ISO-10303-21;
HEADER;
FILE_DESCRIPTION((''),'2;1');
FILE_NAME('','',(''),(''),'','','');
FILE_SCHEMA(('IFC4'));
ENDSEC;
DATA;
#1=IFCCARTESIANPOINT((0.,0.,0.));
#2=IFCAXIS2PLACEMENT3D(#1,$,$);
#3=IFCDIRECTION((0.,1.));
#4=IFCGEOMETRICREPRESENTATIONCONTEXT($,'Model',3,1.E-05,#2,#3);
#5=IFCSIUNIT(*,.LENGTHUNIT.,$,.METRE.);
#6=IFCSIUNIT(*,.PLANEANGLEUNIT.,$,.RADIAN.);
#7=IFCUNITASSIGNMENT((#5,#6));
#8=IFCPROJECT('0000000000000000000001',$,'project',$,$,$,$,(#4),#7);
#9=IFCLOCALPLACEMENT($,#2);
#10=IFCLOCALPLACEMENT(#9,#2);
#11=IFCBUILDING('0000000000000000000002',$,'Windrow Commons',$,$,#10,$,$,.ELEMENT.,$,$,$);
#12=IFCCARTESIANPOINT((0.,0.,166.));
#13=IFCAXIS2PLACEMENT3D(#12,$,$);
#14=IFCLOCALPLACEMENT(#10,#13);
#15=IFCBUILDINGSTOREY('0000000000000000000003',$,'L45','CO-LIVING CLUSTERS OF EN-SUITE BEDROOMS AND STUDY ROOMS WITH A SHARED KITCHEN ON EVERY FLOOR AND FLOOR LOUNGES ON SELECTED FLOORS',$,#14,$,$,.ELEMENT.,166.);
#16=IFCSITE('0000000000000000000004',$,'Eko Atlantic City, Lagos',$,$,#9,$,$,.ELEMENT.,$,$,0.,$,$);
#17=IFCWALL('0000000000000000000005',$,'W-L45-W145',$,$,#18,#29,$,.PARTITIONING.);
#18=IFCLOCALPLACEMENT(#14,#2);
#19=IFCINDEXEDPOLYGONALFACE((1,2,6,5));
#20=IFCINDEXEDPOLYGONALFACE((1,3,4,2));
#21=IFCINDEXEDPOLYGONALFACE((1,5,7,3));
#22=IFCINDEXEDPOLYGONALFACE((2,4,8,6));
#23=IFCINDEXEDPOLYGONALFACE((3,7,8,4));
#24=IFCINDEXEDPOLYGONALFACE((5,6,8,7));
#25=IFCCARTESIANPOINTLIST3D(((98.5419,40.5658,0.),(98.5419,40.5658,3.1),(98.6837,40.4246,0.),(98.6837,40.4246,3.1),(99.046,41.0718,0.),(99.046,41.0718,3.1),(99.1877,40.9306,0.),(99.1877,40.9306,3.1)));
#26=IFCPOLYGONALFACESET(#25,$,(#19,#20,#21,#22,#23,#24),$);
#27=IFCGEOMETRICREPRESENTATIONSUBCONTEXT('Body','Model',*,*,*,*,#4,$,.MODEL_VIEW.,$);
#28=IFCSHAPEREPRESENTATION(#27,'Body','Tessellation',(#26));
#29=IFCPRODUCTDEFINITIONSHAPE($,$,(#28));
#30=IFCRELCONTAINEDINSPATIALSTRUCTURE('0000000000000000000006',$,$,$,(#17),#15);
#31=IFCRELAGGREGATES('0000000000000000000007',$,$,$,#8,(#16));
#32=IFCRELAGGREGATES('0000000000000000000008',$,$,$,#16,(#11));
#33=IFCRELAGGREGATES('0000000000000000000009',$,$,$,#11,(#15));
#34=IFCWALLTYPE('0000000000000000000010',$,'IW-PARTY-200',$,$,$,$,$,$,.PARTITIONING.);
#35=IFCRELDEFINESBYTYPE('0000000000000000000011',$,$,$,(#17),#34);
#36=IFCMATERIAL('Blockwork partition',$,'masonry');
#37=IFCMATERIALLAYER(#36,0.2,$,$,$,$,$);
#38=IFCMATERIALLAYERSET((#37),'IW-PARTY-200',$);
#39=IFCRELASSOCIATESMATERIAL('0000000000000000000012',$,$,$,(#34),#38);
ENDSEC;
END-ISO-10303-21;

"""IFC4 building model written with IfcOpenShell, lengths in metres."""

from ifc_helpers import new_model, si_unit, direction, frame, frame_2d, origin, place, context, subcontext, project, spatial, rectangle, extrude, material, layer, layer_set, type_object, element, save


model = new_model("IFC4")

# Units and contexts
model_context = context("Model", 3, precision=1e-05, world=origin(), true_north=direction((0.0, 1.0)))
body_context = subcontext(model_context, "Body", "Model", "MODEL_VIEW")
ifc_project = project(units=[si_unit("LENGTHUNIT", "METRE"), si_unit("PLANEANGLEUNIT", "RADIAN")], contexts=[model_context])

# Site, building, storey
site_placement = place(None, origin())
site = spatial("IfcSite", under=ifc_project, at=site_placement, Name="Eko Atlantic City, Lagos", CompositionType="ELEMENT", RefElevation=0.0)
building_placement = place(site_placement, origin())
building = spatial("IfcBuilding", under=site, at=building_placement, Name="Windrow Commons", CompositionType="ELEMENT")
storey_placement = place(building_placement, frame((0.0, 0.0, 166.0)))
storey = spatial("IfcBuildingStorey", under=building, at=storey_placement, Name="L45", Description="CO-LIVING CLUSTERS OF EN-SUITE BEDROOMS AND STUDY ROOMS WITH A SHARED KITCHEN ON EVERY FLOOR AND FLOOR LOUNGES ON SELECTED FLOORS", CompositionType="ELEMENT", Elevation=166.0)

# Wall
ifc_material_1 = material(Name="Blockwork partition", Category="masonry")
ifc_layer_1 = layer(ifc_material_1, 0.2)
ifc_layer_set_1 = layer_set([ifc_layer_1], Name="IW-PARTY-200")
wall_type_1 = type_object("IfcWallType", Name="IW-PARTY-200", PredefinedType="PARTITIONING", material=ifc_layer_set_1)
wall_1_placement = place(storey_placement, frame((98.6128, 40.4952, 0.0), z_axis=(0.0, 0.0, 1.0), x_axis=(0.705705, 0.708506, 0.0)))
element("IfcWall", 1, at=wall_1_placement, inside=storey, type_object=wall_type_1, Name="W-L45-W145", PredefinedType="PARTITIONING", context=body_context, shape_type="SweptSolid", body=[
    extrude(rectangle(XDim=0.7142, YDim=0.2, at=frame_2d((0.3571, 0.0))), origin(), (0.0, 0.0, 1.0), 3.1),
])

save(model, "model.ifc")
